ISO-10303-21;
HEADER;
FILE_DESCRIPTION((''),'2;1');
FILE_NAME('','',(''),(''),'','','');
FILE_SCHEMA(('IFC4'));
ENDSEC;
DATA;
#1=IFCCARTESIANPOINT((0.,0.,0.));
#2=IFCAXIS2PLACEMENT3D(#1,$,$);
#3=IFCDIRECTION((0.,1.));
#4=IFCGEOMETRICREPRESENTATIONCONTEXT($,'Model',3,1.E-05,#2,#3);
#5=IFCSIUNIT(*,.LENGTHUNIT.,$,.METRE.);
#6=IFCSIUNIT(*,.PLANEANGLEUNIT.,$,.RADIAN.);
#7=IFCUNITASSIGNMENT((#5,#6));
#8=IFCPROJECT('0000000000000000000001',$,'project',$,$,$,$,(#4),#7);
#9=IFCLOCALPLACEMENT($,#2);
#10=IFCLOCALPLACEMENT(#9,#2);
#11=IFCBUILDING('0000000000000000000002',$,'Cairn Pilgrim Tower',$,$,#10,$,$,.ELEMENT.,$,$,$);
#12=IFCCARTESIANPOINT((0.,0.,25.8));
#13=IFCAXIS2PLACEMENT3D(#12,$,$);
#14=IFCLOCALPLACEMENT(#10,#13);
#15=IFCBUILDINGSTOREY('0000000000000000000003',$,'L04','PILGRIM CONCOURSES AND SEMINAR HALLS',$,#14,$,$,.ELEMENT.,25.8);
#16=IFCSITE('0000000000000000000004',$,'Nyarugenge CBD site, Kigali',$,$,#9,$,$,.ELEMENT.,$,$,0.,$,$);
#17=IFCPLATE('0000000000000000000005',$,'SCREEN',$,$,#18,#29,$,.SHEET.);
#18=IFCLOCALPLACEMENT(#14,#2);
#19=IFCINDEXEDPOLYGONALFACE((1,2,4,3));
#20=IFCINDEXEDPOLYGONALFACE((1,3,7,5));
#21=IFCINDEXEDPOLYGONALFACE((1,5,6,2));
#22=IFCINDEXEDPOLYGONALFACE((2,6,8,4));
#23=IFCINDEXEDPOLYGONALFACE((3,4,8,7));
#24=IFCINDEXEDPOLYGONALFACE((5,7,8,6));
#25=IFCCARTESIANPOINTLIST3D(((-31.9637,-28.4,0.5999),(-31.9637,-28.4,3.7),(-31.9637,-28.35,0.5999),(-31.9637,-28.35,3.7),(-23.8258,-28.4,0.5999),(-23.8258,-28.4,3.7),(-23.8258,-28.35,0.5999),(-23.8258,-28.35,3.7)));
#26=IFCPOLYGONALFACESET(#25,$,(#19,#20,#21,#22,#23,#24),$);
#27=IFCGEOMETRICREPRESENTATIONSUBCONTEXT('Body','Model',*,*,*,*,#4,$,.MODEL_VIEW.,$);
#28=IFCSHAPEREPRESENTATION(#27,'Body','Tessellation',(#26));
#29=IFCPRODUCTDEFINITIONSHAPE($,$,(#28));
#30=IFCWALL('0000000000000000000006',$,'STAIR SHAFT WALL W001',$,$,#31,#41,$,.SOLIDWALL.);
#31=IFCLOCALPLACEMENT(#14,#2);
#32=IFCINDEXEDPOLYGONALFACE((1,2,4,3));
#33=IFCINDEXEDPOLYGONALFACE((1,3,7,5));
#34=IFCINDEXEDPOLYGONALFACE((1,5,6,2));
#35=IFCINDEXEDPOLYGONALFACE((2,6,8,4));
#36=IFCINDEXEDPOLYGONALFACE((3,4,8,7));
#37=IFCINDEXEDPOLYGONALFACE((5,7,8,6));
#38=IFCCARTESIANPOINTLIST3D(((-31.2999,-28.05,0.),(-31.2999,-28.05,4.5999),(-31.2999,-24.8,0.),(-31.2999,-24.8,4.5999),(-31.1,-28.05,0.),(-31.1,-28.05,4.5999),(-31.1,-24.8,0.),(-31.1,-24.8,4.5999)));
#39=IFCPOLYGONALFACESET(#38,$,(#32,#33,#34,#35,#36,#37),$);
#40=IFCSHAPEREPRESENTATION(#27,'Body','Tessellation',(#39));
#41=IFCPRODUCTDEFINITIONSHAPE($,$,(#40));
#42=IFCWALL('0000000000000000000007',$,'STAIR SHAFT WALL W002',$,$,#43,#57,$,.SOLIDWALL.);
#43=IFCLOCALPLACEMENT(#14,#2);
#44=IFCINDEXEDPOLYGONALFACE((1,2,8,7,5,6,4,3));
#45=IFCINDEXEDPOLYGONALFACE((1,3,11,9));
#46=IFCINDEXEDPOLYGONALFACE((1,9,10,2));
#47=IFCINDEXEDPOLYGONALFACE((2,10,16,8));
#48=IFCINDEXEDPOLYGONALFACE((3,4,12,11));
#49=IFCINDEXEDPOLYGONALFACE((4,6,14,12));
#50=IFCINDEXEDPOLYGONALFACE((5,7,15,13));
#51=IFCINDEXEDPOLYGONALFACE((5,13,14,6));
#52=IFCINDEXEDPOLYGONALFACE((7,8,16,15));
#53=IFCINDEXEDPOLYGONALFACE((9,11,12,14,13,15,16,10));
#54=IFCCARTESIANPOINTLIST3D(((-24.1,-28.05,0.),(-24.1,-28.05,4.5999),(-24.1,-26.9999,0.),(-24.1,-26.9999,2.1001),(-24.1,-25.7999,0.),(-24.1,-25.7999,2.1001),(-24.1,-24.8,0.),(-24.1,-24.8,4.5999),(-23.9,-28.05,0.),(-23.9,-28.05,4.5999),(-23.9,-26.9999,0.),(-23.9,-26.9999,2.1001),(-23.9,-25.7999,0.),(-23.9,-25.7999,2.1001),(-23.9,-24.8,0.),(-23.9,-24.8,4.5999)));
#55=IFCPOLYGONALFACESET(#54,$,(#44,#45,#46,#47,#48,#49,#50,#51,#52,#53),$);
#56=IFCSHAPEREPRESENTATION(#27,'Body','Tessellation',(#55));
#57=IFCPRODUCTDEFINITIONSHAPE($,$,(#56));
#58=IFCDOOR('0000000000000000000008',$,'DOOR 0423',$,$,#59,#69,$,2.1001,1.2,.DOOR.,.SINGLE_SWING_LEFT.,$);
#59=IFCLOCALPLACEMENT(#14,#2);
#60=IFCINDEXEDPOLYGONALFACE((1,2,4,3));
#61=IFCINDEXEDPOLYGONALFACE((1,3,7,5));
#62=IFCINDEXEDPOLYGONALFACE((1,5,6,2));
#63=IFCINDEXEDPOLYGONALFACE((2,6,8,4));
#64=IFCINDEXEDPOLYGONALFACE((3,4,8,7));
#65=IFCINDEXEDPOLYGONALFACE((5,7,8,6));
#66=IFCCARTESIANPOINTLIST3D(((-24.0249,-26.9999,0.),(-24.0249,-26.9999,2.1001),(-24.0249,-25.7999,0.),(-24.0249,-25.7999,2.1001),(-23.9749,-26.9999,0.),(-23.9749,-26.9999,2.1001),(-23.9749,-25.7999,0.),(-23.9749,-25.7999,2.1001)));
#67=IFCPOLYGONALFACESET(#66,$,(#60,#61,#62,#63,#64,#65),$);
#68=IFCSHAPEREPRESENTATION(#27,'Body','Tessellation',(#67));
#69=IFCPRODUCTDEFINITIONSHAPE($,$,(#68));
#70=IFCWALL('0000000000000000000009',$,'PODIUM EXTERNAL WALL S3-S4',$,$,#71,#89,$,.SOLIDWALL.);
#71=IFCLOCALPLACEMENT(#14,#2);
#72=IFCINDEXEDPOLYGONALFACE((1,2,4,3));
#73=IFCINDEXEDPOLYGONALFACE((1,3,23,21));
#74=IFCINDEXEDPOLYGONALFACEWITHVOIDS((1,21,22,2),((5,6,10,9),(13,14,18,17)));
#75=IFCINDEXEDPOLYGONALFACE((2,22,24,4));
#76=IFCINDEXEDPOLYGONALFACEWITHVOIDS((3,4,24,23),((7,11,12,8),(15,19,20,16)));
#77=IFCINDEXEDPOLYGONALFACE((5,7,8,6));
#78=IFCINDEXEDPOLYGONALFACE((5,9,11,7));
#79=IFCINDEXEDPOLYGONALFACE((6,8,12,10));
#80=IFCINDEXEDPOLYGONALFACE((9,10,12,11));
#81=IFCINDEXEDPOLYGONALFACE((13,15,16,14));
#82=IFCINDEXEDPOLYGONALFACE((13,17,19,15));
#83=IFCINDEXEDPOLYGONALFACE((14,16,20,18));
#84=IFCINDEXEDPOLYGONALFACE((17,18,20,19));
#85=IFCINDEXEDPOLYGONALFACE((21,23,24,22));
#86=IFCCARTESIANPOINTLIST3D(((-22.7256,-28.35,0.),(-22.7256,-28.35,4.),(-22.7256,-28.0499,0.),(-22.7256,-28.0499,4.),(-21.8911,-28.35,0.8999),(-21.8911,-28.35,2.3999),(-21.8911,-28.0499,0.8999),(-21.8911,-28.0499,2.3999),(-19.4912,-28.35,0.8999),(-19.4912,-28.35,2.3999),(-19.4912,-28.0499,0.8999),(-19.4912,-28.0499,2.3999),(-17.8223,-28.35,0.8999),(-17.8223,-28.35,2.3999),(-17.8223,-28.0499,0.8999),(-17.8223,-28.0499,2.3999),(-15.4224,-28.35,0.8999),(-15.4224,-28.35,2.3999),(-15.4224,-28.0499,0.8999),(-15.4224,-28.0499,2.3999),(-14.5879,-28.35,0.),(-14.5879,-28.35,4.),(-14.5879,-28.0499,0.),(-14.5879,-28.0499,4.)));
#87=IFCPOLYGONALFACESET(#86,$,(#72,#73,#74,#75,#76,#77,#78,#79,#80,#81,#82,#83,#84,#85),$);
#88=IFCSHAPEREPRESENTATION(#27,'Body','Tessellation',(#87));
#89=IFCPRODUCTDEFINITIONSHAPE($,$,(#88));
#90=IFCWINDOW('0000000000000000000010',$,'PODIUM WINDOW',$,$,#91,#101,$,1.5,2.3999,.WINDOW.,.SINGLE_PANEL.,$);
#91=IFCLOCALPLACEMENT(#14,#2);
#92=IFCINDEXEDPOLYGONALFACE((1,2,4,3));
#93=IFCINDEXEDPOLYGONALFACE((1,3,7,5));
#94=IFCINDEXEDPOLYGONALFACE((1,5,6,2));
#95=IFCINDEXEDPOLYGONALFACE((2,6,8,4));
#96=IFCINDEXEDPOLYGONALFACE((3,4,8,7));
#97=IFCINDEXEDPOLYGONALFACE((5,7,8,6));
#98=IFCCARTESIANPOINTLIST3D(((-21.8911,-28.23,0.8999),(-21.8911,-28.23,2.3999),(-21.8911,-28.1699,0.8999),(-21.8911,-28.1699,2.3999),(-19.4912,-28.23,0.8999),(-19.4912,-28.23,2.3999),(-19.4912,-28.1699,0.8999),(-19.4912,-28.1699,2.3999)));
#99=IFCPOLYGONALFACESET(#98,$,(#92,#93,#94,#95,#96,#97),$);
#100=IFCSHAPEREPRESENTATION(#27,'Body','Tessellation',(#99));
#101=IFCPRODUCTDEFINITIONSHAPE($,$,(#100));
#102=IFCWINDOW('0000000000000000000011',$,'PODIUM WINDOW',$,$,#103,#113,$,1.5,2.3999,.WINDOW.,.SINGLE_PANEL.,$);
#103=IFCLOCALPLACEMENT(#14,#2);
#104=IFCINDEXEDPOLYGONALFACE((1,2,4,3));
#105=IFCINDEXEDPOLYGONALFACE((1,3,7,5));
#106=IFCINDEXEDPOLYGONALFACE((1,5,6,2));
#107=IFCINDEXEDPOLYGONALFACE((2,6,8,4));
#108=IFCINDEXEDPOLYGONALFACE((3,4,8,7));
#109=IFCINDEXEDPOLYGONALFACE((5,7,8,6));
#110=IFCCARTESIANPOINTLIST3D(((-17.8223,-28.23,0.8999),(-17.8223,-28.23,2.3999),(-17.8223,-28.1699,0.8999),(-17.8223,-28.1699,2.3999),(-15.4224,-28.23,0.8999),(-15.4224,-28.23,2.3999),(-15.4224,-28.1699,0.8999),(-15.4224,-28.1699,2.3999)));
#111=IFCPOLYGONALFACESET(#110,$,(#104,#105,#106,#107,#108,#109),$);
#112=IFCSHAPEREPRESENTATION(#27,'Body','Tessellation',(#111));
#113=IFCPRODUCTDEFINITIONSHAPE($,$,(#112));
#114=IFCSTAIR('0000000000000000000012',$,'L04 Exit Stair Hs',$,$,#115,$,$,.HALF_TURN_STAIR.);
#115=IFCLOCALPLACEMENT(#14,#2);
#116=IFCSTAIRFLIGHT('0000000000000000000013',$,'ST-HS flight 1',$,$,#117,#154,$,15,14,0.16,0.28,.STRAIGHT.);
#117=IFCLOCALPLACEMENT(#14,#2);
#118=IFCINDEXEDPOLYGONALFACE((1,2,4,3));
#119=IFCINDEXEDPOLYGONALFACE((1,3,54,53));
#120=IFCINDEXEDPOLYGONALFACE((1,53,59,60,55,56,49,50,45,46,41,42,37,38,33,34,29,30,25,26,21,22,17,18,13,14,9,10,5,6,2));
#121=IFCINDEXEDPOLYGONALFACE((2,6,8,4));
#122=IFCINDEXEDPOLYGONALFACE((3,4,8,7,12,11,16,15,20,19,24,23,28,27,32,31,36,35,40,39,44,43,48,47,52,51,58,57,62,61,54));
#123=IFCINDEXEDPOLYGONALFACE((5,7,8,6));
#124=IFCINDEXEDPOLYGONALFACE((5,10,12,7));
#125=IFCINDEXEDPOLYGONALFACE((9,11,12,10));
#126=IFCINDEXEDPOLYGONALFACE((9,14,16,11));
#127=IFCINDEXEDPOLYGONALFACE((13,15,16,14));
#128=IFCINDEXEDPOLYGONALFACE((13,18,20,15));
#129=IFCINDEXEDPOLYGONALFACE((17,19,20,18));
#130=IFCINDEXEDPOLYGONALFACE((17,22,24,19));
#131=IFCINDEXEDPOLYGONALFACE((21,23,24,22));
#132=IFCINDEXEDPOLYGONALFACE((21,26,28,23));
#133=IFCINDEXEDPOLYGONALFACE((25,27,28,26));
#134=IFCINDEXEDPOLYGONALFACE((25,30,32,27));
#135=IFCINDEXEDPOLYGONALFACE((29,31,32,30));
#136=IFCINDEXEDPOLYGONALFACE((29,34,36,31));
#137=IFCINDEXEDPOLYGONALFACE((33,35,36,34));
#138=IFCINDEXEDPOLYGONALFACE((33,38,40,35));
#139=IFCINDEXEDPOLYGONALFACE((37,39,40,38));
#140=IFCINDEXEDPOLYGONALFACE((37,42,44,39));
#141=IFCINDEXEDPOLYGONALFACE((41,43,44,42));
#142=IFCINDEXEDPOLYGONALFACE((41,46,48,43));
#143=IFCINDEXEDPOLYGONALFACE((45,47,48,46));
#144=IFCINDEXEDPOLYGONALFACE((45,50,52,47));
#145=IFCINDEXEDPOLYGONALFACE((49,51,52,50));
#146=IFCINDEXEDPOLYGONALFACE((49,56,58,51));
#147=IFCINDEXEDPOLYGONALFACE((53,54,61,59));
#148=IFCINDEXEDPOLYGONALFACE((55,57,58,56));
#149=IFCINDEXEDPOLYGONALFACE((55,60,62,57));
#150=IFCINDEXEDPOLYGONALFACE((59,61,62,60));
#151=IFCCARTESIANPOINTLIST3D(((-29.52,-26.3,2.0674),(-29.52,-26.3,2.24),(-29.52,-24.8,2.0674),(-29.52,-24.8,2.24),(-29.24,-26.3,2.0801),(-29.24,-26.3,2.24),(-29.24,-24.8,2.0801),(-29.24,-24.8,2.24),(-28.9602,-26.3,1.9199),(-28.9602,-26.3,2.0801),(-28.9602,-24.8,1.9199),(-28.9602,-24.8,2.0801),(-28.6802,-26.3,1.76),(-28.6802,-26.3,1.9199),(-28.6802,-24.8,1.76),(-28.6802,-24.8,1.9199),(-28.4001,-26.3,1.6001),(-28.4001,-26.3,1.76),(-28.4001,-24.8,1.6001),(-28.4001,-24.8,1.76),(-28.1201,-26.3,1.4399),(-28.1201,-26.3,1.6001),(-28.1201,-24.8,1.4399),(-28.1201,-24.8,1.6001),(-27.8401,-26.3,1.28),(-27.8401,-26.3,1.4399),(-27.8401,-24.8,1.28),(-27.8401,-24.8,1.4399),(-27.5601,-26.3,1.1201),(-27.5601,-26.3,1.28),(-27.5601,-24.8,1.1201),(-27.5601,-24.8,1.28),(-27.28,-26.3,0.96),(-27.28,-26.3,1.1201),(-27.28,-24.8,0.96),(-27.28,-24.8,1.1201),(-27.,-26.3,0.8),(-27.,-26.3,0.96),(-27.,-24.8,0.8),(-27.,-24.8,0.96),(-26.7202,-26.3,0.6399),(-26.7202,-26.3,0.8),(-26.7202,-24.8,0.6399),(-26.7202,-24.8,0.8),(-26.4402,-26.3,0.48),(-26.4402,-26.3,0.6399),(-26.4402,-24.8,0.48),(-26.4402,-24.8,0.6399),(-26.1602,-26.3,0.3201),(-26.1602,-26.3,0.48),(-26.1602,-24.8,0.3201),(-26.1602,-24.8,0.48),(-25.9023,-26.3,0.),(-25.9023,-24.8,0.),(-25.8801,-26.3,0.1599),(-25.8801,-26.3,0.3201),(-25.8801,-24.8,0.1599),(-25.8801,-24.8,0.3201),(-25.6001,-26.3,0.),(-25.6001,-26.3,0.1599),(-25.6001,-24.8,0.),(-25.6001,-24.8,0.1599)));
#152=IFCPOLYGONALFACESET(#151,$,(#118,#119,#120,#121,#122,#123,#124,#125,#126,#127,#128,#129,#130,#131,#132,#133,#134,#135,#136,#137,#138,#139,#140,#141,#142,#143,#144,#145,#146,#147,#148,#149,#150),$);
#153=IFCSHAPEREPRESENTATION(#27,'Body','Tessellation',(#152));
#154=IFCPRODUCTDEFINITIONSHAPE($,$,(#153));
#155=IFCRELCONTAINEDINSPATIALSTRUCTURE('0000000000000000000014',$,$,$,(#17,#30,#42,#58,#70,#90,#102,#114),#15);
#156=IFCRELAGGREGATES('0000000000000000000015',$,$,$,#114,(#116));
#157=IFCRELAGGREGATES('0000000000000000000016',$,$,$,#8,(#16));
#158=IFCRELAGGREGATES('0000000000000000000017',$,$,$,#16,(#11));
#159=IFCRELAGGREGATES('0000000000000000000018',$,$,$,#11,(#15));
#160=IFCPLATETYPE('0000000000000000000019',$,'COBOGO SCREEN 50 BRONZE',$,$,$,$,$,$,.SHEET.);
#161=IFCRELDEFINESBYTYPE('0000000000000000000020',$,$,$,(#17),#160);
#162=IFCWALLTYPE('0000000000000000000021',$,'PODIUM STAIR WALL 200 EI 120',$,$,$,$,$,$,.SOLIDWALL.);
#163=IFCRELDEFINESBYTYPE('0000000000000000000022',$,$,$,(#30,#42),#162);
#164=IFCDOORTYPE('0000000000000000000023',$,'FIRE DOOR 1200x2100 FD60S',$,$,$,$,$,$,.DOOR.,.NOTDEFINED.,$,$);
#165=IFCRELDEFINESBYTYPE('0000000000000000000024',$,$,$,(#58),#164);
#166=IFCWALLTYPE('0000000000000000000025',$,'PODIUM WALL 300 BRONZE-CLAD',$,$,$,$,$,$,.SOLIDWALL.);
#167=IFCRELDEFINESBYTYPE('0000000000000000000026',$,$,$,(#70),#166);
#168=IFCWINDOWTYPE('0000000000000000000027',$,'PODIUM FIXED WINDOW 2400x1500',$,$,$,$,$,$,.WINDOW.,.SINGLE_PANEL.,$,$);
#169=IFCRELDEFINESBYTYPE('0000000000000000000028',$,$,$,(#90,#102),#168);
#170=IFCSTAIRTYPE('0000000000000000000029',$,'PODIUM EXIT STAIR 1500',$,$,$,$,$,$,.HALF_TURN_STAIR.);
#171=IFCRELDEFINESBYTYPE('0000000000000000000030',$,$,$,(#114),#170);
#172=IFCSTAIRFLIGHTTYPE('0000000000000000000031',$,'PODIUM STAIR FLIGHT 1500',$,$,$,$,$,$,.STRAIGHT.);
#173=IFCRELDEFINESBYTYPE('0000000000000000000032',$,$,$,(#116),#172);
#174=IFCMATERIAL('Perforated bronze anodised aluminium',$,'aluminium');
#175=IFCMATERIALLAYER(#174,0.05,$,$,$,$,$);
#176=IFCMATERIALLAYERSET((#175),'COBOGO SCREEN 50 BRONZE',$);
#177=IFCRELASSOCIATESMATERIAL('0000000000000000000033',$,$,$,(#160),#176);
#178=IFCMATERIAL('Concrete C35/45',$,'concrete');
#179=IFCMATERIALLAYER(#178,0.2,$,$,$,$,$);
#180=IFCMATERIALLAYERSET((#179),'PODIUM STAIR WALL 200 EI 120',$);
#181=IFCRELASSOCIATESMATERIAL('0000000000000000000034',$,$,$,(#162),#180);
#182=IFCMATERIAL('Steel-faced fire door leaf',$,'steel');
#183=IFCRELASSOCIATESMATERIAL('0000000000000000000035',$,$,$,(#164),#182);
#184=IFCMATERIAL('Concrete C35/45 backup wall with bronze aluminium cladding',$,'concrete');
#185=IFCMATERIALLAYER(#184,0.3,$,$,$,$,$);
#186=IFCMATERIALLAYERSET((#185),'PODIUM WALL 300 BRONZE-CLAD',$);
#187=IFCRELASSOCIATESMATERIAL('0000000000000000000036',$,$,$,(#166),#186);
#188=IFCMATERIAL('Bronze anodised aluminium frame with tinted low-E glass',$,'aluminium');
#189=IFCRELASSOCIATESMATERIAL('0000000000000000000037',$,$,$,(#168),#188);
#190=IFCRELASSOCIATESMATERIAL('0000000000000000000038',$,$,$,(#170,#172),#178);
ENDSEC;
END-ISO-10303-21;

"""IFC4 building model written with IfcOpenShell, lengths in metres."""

from ifc_helpers import new_model, si_unit, direction, frame, frame_2d, origin, origin_2d, place, context, subcontext, project, spatial, polyline, rectangle, outline, extrude, material, layer, layer_set, type_object, element, fill, aggregate, save


model = new_model("IFC4")

# Units and contexts
model_context = context("Model", 3, precision=1e-05, world=origin(), true_north=direction((0.0, 1.0)))
body_context = subcontext(model_context, "Body", "Model", "MODEL_VIEW")
ifc_project = project(units=[si_unit("LENGTHUNIT", "METRE"), si_unit("PLANEANGLEUNIT", "RADIAN")], contexts=[model_context])

# Site, building, storey
site_placement = place(None, origin())
site = spatial("IfcSite", under=ifc_project, at=site_placement, Name="Nyarugenge CBD site, Kigali", CompositionType="ELEMENT", RefElevation=0.0)
building_placement = place(site_placement, origin())
building = spatial("IfcBuilding", under=site, at=building_placement, Name="Cairn Pilgrim Tower", CompositionType="ELEMENT")
storey_placement = place(building_placement, frame((0.0, 0.0, 25.8)))
storey = spatial("IfcBuildingStorey", under=building, at=storey_placement, Name="L04", Description="PILGRIM CONCOURSES AND SEMINAR HALLS", CompositionType="ELEMENT", Elevation=25.8)

# Plate
ifc_material_1 = material(Name="Perforated bronze anodised aluminium", Category="aluminium")
ifc_layer_1 = layer(ifc_material_1, 0.05)
ifc_layer_set_1 = layer_set([ifc_layer_1], Name="COBOGO SCREEN 50 BRONZE")
plate_type_1 = type_object("IfcPlateType", Name="COBOGO SCREEN 50 BRONZE", PredefinedType="SHEET", material=ifc_layer_set_1)
plate_1_placement = place(storey_placement, frame((-27.8948, -28.375, 0.5999), z_axis=(0.0, 0.0, 1.0), x_axis=(1.0, 0.0, 0.0)))
element("IfcPlate", 1, at=plate_1_placement, inside=storey, type_object=plate_type_1, Name="SCREEN", PredefinedType="SHEET", context=body_context, shape_type="SweptSolid", body=[
    extrude(rectangle(XDim=8.1379, YDim=0.05, at=origin_2d()), origin(), (0.0, 0.0, 1.0), 3.1001),
])

# Wall
ifc_material_2 = material(Name="Concrete C35/45", Category="concrete")
ifc_layer_2 = layer(ifc_material_2, 0.2)
ifc_layer_set_2 = layer_set([ifc_layer_2], Name="PODIUM STAIR WALL 200 EI 120")
wall_type_1 = type_object("IfcWallType", Name="PODIUM STAIR WALL 200 EI 120", PredefinedType="SOLIDWALL", material=ifc_layer_set_2)
wall_1_placement = place(storey_placement, frame((-31.2, -28.05, 0.0), z_axis=(0.0, 0.0, 1.0), x_axis=(0.0, 1.0, 0.0)))
element("IfcWall", 2, at=wall_1_placement, inside=storey, type_object=wall_type_1, Name="STAIR SHAFT WALL W001", PredefinedType="SOLIDWALL", context=body_context, shape_type="SweptSolid", body=[
    extrude(rectangle(XDim=3.25, YDim=0.2, at=frame_2d((1.625, 0.0))), origin(), (0.0, 0.0, 1.0), 4.5999),
])

# Wall, opening, door
wall_2_placement = place(storey_placement, frame((-24.0, -28.05, 0.0), z_axis=(0.0, 0.0, 1.0), x_axis=(0.0, 1.0, 0.0)))
wall_2 = element("IfcWall", 3, at=wall_2_placement, inside=storey, type_object=wall_type_1, Name="STAIR SHAFT WALL W002", PredefinedType="SOLIDWALL", context=body_context, shape_type="SweptSolid", body=[
    extrude(rectangle(XDim=3.25, YDim=0.2, at=frame_2d((1.625, 0.0))), origin(), (0.0, 0.0, 1.0), 4.5999),
])
opening_1_placement = place(wall_2_placement, frame((1.05, 0.0, 0.0)))
opening_1 = element("IfcOpeningElement", 4, at=opening_1_placement, cuts=wall_2, PredefinedType="OPENING", context=body_context, shape_type="SweptSolid", body=[
    extrude(rectangle(XDim=1.2, YDim=2.1001, at=frame_2d((0.6001, 1.05))), frame((0.0, 0.1099, 0.0), z_axis=(0.0, -1.0, 0.0), x_axis=(1.0, 0.0, 0.0)), (0.0, 0.0, 1.0), 0.22),
])
ifc_material_3 = material(Name="Steel-faced fire door leaf", Category="steel")
door_type = type_object("IfcDoorType", Name="FIRE DOOR 1200x2100 FD60S", OperationType="NOTDEFINED", PredefinedType="DOOR", material=ifc_material_3)
door_placement = place(opening_1_placement, origin())
door = element("IfcDoor", 5, at=door_placement, inside=storey, type_object=door_type, Name="DOOR 0423", OperationType="SINGLE_SWING_LEFT", OverallHeight=2.1001, OverallWidth=1.2, PredefinedType="DOOR", context=body_context, shape_type="SweptSolid", body=[
    extrude(rectangle(XDim=1.2, YDim=2.1001, at=frame_2d((0.6001, 1.05))), frame((0.0, 0.0249, 0.0), z_axis=(0.0, -1.0, 0.0), x_axis=(1.0, 0.0, 0.0)), (0.0, 0.0, 1.0), 0.05),
])
fill(opening_1, door)

# Wall, openings, windows
ifc_material_4 = material(Name="Concrete C35/45 backup wall with bronze aluminium cladding", Category="concrete")
ifc_layer_3 = layer(ifc_material_4, 0.3)
ifc_layer_set_3 = layer_set([ifc_layer_3], Name="PODIUM WALL 300 BRONZE-CLAD")
wall_type_2 = type_object("IfcWallType", Name="PODIUM WALL 300 BRONZE-CLAD", PredefinedType="SOLIDWALL", material=ifc_layer_set_3)
wall_3_placement = place(storey_placement, frame((-22.7256, -28.2, 0.0), z_axis=(0.0, 0.0, 1.0), x_axis=(1.0, 0.0, 0.0)))
wall_3 = element("IfcWall", 6, at=wall_3_placement, inside=storey, type_object=wall_type_2, Name="PODIUM EXTERNAL WALL S3-S4", PredefinedType="SOLIDWALL", context=body_context, shape_type="SweptSolid", body=[
    extrude(rectangle(XDim=8.1377, YDim=0.3, at=frame_2d((4.0688, 0.0))), origin(), (0.0, 0.0, 1.0), 4.0),
])
opening_2_placement = place(wall_3_placement, frame((0.8345, 0.0, 0.8999)))
opening_2 = element("IfcOpeningElement", 7, at=opening_2_placement, cuts=wall_3, PredefinedType="OPENING", context=body_context, shape_type="SweptSolid", body=[
    extrude(rectangle(XDim=2.3999, YDim=1.5, at=frame_2d((1.2, 0.75))), frame((0.0, 0.1602, 0.0), z_axis=(0.0, -1.0, 0.0), x_axis=(1.0, 0.0, 0.0)), (0.0, 0.0, 1.0), 0.3201),
])
opening_3_placement = place(wall_3_placement, frame((4.9033, 0.0, 0.8999)))
opening_3 = element("IfcOpeningElement", 8, at=opening_3_placement, cuts=wall_3, PredefinedType="OPENING", context=body_context, shape_type="SweptSolid", body=[
    extrude(rectangle(XDim=2.3999, YDim=1.5, at=frame_2d((1.2, 0.75))), frame((0.0, 0.1602, 0.0), z_axis=(0.0, -1.0, 0.0), x_axis=(1.0, 0.0, 0.0)), (0.0, 0.0, 1.0), 0.3201),
])
ifc_material_5 = material(Name="Bronze anodised aluminium frame with tinted low-E glass", Category="aluminium")
window_type = type_object("IfcWindowType", Name="PODIUM FIXED WINDOW 2400x1500", PartitioningType="SINGLE_PANEL", PredefinedType="WINDOW", material=ifc_material_5)
window_1_placement = place(opening_2_placement, origin())
window_1 = element("IfcWindow", 9, at=window_1_placement, inside=storey, type_object=window_type, Name="PODIUM WINDOW", OverallHeight=1.5, OverallWidth=2.3999, PartitioningType="SINGLE_PANEL", PredefinedType="WINDOW", context=body_context, shape_type="SweptSolid", body=[
    extrude(rectangle(XDim=2.3999, YDim=1.5, at=frame_2d((1.2, 0.75))), frame((0.0, 0.03, 0.0), z_axis=(0.0, -1.0, 0.0), x_axis=(1.0, 0.0, 0.0)), (0.0, 0.0, 1.0), 0.0601),
])
fill(opening_2, window_1)
window_2_placement = place(opening_3_placement, origin())
window_2 = element("IfcWindow", 10, at=window_2_placement, inside=storey, type_object=window_type, Name="PODIUM WINDOW", OverallHeight=1.5, OverallWidth=2.3999, PartitioningType="SINGLE_PANEL", PredefinedType="WINDOW", context=body_context, shape_type="SweptSolid", body=[
    extrude(rectangle(XDim=2.3999, YDim=1.5, at=frame_2d((1.2, 0.75))), frame((0.0, 0.03, 0.0), z_axis=(0.0, -1.0, 0.0), x_axis=(1.0, 0.0, 0.0)), (0.0, 0.0, 1.0), 0.0601),
])
fill(opening_3, window_2)

# Stair, stair flight
stair_type = type_object("IfcStairType", Name="PODIUM EXIT STAIR 1500", PredefinedType="HALF_TURN_STAIR", material=ifc_material_2)
stair_placement = place(storey_placement, origin())
stair = element("IfcStair", 11, at=stair_placement, inside=storey, type_object=stair_type, Name="L04 Exit Stair Hs", PredefinedType="HALF_TURN_STAIR")
stair_flight_type = type_object("IfcStairFlightType", Name="PODIUM STAIR FLIGHT 1500", PredefinedType="STRAIGHT", material=ifc_material_2)
stair_flight_1_placement = place(storey_placement, frame((-25.6001, -25.55, 0.0), z_axis=(0.0, 0.0, 1.0), x_axis=(-1.0, 0.0, 0.0)))
stair_flight_1 = element("IfcStairFlight", 12, at=stair_flight_1_placement, type_object=stair_flight_type, Name="ST-HS flight 1", NumberOfRisers=15, NumberOfTreads=14, PredefinedType="STRAIGHT", RiserHeight=0.16, TreadLength=0.28, context=body_context, shape_type="SweptSolid", body=[
    extrude(outline(polyline([(0.0, 0.0), (0.0, 0.1599), (0.28, 0.1599), (0.28, 0.3201), (0.5601, 0.3201), (0.5601, 0.48), (0.8401, 0.48), (0.8401, 0.6399), (1.1201, 0.6399), (1.1201, 0.8), (1.3999, 0.8), (1.3999, 0.96), (1.6799, 0.96), (1.6799, 1.1201), (1.96, 1.1201), (1.96, 1.28), (2.24, 1.28), (2.24, 1.4399), (2.52, 1.4399), (2.52, 1.6001), (2.8, 1.6001), (2.8, 1.76), (3.0801, 1.76), (3.0801, 1.9199), (3.3601, 1.9199), (3.3601, 2.0801), (3.6399, 2.0801), (3.6399, 2.24), (3.9199, 2.24), (3.9199, 2.3999), (3.9199, 2.0674), (0.3022, 0.0), (0.0, 0.0)])), frame((0.0, 0.75, 0.0), z_axis=(0.0, -1.0, 0.0), x_axis=(1.0, 0.0, 0.0)), (0.0, 0.0, 1.0), 1.5),
])
aggregate(stair, [stair_flight_1])

save(model, "model.ifc")
